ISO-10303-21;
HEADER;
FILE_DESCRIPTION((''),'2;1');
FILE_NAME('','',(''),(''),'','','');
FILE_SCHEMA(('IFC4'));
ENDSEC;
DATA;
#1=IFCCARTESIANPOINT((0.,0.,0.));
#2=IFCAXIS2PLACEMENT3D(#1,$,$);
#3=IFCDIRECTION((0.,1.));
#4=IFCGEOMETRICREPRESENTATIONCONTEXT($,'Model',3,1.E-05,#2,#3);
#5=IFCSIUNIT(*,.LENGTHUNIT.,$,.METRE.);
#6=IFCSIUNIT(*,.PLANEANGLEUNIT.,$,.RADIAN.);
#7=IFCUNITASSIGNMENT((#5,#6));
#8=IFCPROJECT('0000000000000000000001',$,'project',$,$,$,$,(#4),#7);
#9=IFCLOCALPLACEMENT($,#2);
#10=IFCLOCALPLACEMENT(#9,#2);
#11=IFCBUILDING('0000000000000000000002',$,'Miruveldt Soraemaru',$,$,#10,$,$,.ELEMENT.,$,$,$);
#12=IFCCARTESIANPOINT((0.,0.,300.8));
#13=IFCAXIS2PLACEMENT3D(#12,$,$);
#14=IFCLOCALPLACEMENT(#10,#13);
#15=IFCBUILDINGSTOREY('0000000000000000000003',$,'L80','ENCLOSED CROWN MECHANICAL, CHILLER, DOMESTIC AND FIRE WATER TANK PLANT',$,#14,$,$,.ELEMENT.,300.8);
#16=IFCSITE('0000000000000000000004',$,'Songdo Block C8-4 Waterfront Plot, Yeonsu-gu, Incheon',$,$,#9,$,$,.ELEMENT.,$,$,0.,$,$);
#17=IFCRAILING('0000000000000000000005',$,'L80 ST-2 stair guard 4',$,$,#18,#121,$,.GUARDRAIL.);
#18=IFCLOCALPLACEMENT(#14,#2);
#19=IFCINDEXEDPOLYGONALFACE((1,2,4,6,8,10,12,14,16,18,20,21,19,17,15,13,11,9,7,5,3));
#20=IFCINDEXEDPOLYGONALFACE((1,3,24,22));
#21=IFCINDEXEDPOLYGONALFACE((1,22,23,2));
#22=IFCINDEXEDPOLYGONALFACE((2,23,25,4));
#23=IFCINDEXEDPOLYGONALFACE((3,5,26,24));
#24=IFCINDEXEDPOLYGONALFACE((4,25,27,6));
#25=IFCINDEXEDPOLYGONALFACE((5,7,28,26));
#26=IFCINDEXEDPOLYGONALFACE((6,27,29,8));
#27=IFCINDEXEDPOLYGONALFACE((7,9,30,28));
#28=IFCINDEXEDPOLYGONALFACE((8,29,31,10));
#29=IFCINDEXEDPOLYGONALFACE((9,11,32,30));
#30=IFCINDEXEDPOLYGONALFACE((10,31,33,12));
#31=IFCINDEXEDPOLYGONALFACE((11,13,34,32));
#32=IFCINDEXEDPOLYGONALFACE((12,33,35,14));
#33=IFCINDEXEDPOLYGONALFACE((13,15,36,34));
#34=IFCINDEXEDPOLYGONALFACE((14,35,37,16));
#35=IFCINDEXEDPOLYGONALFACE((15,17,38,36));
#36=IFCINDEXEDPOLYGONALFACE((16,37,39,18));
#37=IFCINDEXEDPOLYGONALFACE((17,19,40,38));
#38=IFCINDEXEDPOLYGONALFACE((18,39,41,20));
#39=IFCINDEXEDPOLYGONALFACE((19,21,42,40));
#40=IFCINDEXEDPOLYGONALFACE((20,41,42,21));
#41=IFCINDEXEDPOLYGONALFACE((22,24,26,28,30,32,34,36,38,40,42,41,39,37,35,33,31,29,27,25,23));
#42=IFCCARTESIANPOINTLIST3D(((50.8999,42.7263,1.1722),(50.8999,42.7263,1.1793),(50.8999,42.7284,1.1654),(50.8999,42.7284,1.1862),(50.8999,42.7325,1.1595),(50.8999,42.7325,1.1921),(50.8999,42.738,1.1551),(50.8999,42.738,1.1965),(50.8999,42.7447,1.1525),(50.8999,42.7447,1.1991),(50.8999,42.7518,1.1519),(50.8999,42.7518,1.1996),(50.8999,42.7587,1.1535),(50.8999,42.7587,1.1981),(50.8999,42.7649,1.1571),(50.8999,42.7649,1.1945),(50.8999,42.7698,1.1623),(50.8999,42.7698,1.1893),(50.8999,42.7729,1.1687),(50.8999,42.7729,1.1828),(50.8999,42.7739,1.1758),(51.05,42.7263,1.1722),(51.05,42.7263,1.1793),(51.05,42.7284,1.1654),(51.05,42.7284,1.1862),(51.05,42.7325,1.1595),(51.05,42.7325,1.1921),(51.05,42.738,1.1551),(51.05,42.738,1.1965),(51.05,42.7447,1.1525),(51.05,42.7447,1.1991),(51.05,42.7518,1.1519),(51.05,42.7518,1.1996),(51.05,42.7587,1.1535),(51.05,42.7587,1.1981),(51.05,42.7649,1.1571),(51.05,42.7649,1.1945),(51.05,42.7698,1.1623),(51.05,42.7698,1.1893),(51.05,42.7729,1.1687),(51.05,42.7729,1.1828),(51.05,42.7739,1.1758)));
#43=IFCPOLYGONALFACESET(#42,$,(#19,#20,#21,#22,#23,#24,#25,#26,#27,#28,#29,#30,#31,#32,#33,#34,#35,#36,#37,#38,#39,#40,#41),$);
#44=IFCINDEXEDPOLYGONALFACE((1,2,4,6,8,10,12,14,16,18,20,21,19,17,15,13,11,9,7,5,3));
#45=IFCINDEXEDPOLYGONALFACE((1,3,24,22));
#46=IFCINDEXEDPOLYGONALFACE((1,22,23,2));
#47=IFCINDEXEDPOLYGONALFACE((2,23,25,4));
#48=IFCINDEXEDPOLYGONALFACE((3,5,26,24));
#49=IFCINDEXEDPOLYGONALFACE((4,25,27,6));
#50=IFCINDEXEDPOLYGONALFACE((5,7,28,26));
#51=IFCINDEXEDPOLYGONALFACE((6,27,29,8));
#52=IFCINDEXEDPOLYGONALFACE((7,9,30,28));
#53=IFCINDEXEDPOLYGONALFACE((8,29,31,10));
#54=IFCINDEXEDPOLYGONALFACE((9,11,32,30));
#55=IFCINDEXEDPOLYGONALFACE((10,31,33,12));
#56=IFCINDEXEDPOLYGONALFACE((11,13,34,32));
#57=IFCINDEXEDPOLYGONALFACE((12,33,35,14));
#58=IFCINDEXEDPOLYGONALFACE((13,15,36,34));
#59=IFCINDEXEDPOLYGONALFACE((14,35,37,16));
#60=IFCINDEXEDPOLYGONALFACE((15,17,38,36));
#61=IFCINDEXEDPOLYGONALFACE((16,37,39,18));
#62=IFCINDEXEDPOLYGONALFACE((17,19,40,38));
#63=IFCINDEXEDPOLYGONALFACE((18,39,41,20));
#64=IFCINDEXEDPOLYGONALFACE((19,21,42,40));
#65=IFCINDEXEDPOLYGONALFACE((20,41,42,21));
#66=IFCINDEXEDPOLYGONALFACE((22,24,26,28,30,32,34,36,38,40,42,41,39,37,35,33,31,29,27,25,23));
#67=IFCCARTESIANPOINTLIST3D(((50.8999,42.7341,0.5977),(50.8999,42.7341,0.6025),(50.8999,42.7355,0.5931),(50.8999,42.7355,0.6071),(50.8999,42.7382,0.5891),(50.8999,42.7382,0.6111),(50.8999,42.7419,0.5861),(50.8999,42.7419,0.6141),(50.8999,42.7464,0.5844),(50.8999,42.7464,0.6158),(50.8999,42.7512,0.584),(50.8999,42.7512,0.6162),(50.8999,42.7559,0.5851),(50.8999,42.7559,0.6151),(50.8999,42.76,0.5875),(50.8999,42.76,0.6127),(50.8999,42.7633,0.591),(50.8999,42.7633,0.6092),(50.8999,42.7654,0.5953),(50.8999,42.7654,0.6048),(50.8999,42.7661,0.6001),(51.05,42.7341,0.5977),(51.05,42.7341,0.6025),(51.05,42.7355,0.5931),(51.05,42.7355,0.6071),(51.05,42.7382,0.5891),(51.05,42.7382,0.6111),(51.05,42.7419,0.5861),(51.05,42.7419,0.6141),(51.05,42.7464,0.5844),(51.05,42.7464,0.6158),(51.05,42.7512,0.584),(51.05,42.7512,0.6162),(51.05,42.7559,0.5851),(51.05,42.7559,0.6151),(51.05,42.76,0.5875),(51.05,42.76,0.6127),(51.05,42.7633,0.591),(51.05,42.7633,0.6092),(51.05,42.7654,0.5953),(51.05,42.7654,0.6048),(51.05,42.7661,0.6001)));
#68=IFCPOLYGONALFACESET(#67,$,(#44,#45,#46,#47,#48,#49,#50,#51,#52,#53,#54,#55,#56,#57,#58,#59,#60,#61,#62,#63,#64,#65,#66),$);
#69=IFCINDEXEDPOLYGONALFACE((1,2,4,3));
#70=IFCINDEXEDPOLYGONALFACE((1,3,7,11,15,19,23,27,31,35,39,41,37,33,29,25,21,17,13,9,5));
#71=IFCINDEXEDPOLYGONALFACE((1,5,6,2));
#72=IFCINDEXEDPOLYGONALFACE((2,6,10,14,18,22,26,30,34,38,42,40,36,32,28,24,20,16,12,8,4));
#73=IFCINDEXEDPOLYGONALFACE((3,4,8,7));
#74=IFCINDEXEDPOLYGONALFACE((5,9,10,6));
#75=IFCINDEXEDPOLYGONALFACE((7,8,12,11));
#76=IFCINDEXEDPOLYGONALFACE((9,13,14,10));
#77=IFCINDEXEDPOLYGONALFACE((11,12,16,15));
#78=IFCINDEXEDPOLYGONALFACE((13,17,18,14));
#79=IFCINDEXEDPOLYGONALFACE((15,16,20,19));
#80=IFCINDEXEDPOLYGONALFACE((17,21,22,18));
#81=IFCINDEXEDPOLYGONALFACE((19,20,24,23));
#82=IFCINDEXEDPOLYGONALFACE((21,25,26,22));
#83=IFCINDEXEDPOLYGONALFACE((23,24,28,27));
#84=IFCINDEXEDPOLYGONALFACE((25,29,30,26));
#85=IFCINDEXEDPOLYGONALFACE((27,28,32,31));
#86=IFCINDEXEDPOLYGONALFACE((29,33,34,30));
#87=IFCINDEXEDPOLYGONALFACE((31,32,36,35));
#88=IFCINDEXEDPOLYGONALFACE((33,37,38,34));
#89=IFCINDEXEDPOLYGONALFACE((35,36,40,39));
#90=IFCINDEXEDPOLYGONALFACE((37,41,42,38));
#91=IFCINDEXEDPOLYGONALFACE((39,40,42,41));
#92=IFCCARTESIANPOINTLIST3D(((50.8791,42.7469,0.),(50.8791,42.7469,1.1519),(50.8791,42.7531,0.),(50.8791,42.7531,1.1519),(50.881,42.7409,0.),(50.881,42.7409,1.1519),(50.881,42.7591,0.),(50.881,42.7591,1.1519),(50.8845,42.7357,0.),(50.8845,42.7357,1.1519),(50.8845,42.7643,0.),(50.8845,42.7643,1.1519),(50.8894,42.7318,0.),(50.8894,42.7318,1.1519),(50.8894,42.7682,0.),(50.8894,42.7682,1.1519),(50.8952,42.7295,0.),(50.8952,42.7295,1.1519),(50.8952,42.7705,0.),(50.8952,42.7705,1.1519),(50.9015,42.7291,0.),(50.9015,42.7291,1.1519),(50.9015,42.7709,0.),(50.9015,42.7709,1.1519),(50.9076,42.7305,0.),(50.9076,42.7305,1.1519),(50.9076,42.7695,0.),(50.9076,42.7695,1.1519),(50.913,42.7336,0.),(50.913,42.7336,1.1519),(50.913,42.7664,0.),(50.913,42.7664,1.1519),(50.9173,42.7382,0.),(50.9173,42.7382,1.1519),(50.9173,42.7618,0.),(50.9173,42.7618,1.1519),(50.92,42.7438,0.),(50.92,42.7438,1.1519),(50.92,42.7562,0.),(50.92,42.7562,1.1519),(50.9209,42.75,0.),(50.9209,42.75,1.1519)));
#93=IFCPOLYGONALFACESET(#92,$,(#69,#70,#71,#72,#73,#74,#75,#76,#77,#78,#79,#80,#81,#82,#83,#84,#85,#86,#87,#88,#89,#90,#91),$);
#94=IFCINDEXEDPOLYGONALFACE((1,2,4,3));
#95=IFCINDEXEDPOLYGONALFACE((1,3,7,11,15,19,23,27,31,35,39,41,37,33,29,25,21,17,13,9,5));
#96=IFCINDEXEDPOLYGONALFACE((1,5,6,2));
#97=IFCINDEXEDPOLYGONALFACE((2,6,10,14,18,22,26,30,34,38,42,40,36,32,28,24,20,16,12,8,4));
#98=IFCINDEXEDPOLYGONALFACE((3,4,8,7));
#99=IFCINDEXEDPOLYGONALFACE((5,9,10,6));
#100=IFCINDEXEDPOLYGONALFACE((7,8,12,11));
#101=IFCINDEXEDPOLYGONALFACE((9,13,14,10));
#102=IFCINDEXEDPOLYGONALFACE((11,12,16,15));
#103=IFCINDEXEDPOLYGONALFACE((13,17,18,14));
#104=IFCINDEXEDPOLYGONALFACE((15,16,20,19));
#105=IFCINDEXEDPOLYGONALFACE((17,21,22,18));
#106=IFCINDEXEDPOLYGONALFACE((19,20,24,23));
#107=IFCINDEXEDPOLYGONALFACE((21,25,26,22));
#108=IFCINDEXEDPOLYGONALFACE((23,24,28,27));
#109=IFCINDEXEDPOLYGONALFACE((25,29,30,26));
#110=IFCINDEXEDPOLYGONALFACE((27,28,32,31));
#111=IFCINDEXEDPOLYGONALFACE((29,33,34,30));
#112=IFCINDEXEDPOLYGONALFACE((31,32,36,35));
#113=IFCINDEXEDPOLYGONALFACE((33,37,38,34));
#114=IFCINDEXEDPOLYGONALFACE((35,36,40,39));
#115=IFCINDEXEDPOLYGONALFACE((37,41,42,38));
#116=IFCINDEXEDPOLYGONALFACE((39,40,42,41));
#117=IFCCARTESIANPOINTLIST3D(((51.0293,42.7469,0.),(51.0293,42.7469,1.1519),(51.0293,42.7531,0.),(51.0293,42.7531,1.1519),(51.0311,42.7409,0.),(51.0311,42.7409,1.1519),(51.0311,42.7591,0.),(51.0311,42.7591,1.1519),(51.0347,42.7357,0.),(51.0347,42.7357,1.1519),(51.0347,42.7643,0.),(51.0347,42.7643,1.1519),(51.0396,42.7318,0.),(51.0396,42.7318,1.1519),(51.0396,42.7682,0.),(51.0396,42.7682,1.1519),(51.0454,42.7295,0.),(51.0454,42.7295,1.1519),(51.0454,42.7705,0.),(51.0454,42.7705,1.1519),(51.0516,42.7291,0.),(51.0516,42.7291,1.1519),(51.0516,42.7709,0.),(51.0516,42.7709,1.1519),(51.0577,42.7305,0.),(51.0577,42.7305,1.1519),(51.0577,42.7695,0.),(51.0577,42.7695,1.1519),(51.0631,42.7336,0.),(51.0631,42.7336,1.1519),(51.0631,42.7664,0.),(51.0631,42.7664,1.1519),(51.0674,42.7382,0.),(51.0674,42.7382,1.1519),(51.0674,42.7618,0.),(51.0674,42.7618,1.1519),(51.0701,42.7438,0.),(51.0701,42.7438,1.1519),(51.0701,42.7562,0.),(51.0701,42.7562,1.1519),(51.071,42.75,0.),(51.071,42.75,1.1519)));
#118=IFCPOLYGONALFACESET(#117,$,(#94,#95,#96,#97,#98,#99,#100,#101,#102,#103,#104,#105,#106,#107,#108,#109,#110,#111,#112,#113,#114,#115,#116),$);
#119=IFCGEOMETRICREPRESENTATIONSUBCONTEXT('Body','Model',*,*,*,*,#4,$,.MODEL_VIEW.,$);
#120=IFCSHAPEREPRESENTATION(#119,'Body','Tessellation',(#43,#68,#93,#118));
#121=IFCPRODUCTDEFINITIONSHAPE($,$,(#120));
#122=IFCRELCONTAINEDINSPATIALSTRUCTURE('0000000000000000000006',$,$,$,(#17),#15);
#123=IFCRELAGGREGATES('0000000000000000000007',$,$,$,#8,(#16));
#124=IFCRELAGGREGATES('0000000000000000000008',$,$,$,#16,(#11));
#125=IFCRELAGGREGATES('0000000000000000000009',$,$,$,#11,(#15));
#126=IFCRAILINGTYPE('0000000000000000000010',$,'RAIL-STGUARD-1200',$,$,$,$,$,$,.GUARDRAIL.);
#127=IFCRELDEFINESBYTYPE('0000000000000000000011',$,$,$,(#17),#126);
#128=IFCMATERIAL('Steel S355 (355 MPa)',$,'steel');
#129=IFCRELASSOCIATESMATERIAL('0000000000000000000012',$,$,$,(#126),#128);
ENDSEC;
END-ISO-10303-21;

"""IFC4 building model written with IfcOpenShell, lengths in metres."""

from ifc_helpers import new_model, si_unit, direction, frame, origin, origin_2d, place, context, subcontext, project, spatial, circle, extrude, material, type_object, element, save


model = new_model("IFC4")

# Units and contexts
model_context = context("Model", 3, precision=1e-05, world=origin(), true_north=direction((0.0, 1.0)))
body_context = subcontext(model_context, "Body", "Model", "MODEL_VIEW")
ifc_project = project(units=[si_unit("LENGTHUNIT", "METRE"), si_unit("PLANEANGLEUNIT", "RADIAN")], contexts=[model_context])

# Site, building, storey
site_placement = place(None, origin())
site = spatial("IfcSite", under=ifc_project, at=site_placement, Name="Songdo Block C8-4 Waterfront Plot, Yeonsu-gu, Incheon", CompositionType="ELEMENT", RefElevation=0.0)
building_placement = place(site_placement, origin())
building = spatial("IfcBuilding", under=site, at=building_placement, Name="Miruveldt Soraemaru", CompositionType="ELEMENT")
storey_placement = place(building_placement, frame((0.0, 0.0, 300.8)))
storey = spatial("IfcBuildingStorey", under=building, at=storey_placement, Name="L80", Description="ENCLOSED CROWN MECHANICAL, CHILLER, DOMESTIC AND FIRE WATER TANK PLANT", CompositionType="ELEMENT", Elevation=300.8)

# Railing
ifc_material_1 = material(Name="Steel S355 (355 MPa)", Category="steel")
railing_type_1 = type_object("IfcRailingType", Name="RAIL-STGUARD-1200", PredefinedType="GUARDRAIL", material=ifc_material_1)
railing_1_placement = place(storey_placement, frame((50.8999, 42.75, 0.0)))
element("IfcRailing", 1, at=railing_1_placement, inside=storey, type_object=railing_type_1, Name="L80 ST-2 stair guard 4", PredefinedType="GUARDRAIL", context=body_context, shape_type="SweptSolid", body=[
    extrude(circle(Radius=0.0239, at=origin_2d()), frame((0.0, 0.0, 1.1758), z_axis=(1.0, 0.0, 0.0), x_axis=(0.0, 1.0, 0.0)), (0.0, 0.0, 1.0), 0.1501),
    extrude(circle(Radius=0.0161, at=origin_2d()), frame((0.0, 0.0, 0.6001), z_axis=(1.0, 0.0, 0.0), x_axis=(0.0, 1.0, 0.0)), (0.0, 0.0, 1.0), 0.1501),
    extrude(circle(Radius=0.021, at=origin_2d()), origin(), (0.0, 0.0, 1.0), 1.1519),
    extrude(circle(Radius=0.021, at=origin_2d()), frame((0.1501, 0.0, 0.0)), (0.0, 0.0, 1.0), 1.1519),
])

save(model, "model.ifc")
